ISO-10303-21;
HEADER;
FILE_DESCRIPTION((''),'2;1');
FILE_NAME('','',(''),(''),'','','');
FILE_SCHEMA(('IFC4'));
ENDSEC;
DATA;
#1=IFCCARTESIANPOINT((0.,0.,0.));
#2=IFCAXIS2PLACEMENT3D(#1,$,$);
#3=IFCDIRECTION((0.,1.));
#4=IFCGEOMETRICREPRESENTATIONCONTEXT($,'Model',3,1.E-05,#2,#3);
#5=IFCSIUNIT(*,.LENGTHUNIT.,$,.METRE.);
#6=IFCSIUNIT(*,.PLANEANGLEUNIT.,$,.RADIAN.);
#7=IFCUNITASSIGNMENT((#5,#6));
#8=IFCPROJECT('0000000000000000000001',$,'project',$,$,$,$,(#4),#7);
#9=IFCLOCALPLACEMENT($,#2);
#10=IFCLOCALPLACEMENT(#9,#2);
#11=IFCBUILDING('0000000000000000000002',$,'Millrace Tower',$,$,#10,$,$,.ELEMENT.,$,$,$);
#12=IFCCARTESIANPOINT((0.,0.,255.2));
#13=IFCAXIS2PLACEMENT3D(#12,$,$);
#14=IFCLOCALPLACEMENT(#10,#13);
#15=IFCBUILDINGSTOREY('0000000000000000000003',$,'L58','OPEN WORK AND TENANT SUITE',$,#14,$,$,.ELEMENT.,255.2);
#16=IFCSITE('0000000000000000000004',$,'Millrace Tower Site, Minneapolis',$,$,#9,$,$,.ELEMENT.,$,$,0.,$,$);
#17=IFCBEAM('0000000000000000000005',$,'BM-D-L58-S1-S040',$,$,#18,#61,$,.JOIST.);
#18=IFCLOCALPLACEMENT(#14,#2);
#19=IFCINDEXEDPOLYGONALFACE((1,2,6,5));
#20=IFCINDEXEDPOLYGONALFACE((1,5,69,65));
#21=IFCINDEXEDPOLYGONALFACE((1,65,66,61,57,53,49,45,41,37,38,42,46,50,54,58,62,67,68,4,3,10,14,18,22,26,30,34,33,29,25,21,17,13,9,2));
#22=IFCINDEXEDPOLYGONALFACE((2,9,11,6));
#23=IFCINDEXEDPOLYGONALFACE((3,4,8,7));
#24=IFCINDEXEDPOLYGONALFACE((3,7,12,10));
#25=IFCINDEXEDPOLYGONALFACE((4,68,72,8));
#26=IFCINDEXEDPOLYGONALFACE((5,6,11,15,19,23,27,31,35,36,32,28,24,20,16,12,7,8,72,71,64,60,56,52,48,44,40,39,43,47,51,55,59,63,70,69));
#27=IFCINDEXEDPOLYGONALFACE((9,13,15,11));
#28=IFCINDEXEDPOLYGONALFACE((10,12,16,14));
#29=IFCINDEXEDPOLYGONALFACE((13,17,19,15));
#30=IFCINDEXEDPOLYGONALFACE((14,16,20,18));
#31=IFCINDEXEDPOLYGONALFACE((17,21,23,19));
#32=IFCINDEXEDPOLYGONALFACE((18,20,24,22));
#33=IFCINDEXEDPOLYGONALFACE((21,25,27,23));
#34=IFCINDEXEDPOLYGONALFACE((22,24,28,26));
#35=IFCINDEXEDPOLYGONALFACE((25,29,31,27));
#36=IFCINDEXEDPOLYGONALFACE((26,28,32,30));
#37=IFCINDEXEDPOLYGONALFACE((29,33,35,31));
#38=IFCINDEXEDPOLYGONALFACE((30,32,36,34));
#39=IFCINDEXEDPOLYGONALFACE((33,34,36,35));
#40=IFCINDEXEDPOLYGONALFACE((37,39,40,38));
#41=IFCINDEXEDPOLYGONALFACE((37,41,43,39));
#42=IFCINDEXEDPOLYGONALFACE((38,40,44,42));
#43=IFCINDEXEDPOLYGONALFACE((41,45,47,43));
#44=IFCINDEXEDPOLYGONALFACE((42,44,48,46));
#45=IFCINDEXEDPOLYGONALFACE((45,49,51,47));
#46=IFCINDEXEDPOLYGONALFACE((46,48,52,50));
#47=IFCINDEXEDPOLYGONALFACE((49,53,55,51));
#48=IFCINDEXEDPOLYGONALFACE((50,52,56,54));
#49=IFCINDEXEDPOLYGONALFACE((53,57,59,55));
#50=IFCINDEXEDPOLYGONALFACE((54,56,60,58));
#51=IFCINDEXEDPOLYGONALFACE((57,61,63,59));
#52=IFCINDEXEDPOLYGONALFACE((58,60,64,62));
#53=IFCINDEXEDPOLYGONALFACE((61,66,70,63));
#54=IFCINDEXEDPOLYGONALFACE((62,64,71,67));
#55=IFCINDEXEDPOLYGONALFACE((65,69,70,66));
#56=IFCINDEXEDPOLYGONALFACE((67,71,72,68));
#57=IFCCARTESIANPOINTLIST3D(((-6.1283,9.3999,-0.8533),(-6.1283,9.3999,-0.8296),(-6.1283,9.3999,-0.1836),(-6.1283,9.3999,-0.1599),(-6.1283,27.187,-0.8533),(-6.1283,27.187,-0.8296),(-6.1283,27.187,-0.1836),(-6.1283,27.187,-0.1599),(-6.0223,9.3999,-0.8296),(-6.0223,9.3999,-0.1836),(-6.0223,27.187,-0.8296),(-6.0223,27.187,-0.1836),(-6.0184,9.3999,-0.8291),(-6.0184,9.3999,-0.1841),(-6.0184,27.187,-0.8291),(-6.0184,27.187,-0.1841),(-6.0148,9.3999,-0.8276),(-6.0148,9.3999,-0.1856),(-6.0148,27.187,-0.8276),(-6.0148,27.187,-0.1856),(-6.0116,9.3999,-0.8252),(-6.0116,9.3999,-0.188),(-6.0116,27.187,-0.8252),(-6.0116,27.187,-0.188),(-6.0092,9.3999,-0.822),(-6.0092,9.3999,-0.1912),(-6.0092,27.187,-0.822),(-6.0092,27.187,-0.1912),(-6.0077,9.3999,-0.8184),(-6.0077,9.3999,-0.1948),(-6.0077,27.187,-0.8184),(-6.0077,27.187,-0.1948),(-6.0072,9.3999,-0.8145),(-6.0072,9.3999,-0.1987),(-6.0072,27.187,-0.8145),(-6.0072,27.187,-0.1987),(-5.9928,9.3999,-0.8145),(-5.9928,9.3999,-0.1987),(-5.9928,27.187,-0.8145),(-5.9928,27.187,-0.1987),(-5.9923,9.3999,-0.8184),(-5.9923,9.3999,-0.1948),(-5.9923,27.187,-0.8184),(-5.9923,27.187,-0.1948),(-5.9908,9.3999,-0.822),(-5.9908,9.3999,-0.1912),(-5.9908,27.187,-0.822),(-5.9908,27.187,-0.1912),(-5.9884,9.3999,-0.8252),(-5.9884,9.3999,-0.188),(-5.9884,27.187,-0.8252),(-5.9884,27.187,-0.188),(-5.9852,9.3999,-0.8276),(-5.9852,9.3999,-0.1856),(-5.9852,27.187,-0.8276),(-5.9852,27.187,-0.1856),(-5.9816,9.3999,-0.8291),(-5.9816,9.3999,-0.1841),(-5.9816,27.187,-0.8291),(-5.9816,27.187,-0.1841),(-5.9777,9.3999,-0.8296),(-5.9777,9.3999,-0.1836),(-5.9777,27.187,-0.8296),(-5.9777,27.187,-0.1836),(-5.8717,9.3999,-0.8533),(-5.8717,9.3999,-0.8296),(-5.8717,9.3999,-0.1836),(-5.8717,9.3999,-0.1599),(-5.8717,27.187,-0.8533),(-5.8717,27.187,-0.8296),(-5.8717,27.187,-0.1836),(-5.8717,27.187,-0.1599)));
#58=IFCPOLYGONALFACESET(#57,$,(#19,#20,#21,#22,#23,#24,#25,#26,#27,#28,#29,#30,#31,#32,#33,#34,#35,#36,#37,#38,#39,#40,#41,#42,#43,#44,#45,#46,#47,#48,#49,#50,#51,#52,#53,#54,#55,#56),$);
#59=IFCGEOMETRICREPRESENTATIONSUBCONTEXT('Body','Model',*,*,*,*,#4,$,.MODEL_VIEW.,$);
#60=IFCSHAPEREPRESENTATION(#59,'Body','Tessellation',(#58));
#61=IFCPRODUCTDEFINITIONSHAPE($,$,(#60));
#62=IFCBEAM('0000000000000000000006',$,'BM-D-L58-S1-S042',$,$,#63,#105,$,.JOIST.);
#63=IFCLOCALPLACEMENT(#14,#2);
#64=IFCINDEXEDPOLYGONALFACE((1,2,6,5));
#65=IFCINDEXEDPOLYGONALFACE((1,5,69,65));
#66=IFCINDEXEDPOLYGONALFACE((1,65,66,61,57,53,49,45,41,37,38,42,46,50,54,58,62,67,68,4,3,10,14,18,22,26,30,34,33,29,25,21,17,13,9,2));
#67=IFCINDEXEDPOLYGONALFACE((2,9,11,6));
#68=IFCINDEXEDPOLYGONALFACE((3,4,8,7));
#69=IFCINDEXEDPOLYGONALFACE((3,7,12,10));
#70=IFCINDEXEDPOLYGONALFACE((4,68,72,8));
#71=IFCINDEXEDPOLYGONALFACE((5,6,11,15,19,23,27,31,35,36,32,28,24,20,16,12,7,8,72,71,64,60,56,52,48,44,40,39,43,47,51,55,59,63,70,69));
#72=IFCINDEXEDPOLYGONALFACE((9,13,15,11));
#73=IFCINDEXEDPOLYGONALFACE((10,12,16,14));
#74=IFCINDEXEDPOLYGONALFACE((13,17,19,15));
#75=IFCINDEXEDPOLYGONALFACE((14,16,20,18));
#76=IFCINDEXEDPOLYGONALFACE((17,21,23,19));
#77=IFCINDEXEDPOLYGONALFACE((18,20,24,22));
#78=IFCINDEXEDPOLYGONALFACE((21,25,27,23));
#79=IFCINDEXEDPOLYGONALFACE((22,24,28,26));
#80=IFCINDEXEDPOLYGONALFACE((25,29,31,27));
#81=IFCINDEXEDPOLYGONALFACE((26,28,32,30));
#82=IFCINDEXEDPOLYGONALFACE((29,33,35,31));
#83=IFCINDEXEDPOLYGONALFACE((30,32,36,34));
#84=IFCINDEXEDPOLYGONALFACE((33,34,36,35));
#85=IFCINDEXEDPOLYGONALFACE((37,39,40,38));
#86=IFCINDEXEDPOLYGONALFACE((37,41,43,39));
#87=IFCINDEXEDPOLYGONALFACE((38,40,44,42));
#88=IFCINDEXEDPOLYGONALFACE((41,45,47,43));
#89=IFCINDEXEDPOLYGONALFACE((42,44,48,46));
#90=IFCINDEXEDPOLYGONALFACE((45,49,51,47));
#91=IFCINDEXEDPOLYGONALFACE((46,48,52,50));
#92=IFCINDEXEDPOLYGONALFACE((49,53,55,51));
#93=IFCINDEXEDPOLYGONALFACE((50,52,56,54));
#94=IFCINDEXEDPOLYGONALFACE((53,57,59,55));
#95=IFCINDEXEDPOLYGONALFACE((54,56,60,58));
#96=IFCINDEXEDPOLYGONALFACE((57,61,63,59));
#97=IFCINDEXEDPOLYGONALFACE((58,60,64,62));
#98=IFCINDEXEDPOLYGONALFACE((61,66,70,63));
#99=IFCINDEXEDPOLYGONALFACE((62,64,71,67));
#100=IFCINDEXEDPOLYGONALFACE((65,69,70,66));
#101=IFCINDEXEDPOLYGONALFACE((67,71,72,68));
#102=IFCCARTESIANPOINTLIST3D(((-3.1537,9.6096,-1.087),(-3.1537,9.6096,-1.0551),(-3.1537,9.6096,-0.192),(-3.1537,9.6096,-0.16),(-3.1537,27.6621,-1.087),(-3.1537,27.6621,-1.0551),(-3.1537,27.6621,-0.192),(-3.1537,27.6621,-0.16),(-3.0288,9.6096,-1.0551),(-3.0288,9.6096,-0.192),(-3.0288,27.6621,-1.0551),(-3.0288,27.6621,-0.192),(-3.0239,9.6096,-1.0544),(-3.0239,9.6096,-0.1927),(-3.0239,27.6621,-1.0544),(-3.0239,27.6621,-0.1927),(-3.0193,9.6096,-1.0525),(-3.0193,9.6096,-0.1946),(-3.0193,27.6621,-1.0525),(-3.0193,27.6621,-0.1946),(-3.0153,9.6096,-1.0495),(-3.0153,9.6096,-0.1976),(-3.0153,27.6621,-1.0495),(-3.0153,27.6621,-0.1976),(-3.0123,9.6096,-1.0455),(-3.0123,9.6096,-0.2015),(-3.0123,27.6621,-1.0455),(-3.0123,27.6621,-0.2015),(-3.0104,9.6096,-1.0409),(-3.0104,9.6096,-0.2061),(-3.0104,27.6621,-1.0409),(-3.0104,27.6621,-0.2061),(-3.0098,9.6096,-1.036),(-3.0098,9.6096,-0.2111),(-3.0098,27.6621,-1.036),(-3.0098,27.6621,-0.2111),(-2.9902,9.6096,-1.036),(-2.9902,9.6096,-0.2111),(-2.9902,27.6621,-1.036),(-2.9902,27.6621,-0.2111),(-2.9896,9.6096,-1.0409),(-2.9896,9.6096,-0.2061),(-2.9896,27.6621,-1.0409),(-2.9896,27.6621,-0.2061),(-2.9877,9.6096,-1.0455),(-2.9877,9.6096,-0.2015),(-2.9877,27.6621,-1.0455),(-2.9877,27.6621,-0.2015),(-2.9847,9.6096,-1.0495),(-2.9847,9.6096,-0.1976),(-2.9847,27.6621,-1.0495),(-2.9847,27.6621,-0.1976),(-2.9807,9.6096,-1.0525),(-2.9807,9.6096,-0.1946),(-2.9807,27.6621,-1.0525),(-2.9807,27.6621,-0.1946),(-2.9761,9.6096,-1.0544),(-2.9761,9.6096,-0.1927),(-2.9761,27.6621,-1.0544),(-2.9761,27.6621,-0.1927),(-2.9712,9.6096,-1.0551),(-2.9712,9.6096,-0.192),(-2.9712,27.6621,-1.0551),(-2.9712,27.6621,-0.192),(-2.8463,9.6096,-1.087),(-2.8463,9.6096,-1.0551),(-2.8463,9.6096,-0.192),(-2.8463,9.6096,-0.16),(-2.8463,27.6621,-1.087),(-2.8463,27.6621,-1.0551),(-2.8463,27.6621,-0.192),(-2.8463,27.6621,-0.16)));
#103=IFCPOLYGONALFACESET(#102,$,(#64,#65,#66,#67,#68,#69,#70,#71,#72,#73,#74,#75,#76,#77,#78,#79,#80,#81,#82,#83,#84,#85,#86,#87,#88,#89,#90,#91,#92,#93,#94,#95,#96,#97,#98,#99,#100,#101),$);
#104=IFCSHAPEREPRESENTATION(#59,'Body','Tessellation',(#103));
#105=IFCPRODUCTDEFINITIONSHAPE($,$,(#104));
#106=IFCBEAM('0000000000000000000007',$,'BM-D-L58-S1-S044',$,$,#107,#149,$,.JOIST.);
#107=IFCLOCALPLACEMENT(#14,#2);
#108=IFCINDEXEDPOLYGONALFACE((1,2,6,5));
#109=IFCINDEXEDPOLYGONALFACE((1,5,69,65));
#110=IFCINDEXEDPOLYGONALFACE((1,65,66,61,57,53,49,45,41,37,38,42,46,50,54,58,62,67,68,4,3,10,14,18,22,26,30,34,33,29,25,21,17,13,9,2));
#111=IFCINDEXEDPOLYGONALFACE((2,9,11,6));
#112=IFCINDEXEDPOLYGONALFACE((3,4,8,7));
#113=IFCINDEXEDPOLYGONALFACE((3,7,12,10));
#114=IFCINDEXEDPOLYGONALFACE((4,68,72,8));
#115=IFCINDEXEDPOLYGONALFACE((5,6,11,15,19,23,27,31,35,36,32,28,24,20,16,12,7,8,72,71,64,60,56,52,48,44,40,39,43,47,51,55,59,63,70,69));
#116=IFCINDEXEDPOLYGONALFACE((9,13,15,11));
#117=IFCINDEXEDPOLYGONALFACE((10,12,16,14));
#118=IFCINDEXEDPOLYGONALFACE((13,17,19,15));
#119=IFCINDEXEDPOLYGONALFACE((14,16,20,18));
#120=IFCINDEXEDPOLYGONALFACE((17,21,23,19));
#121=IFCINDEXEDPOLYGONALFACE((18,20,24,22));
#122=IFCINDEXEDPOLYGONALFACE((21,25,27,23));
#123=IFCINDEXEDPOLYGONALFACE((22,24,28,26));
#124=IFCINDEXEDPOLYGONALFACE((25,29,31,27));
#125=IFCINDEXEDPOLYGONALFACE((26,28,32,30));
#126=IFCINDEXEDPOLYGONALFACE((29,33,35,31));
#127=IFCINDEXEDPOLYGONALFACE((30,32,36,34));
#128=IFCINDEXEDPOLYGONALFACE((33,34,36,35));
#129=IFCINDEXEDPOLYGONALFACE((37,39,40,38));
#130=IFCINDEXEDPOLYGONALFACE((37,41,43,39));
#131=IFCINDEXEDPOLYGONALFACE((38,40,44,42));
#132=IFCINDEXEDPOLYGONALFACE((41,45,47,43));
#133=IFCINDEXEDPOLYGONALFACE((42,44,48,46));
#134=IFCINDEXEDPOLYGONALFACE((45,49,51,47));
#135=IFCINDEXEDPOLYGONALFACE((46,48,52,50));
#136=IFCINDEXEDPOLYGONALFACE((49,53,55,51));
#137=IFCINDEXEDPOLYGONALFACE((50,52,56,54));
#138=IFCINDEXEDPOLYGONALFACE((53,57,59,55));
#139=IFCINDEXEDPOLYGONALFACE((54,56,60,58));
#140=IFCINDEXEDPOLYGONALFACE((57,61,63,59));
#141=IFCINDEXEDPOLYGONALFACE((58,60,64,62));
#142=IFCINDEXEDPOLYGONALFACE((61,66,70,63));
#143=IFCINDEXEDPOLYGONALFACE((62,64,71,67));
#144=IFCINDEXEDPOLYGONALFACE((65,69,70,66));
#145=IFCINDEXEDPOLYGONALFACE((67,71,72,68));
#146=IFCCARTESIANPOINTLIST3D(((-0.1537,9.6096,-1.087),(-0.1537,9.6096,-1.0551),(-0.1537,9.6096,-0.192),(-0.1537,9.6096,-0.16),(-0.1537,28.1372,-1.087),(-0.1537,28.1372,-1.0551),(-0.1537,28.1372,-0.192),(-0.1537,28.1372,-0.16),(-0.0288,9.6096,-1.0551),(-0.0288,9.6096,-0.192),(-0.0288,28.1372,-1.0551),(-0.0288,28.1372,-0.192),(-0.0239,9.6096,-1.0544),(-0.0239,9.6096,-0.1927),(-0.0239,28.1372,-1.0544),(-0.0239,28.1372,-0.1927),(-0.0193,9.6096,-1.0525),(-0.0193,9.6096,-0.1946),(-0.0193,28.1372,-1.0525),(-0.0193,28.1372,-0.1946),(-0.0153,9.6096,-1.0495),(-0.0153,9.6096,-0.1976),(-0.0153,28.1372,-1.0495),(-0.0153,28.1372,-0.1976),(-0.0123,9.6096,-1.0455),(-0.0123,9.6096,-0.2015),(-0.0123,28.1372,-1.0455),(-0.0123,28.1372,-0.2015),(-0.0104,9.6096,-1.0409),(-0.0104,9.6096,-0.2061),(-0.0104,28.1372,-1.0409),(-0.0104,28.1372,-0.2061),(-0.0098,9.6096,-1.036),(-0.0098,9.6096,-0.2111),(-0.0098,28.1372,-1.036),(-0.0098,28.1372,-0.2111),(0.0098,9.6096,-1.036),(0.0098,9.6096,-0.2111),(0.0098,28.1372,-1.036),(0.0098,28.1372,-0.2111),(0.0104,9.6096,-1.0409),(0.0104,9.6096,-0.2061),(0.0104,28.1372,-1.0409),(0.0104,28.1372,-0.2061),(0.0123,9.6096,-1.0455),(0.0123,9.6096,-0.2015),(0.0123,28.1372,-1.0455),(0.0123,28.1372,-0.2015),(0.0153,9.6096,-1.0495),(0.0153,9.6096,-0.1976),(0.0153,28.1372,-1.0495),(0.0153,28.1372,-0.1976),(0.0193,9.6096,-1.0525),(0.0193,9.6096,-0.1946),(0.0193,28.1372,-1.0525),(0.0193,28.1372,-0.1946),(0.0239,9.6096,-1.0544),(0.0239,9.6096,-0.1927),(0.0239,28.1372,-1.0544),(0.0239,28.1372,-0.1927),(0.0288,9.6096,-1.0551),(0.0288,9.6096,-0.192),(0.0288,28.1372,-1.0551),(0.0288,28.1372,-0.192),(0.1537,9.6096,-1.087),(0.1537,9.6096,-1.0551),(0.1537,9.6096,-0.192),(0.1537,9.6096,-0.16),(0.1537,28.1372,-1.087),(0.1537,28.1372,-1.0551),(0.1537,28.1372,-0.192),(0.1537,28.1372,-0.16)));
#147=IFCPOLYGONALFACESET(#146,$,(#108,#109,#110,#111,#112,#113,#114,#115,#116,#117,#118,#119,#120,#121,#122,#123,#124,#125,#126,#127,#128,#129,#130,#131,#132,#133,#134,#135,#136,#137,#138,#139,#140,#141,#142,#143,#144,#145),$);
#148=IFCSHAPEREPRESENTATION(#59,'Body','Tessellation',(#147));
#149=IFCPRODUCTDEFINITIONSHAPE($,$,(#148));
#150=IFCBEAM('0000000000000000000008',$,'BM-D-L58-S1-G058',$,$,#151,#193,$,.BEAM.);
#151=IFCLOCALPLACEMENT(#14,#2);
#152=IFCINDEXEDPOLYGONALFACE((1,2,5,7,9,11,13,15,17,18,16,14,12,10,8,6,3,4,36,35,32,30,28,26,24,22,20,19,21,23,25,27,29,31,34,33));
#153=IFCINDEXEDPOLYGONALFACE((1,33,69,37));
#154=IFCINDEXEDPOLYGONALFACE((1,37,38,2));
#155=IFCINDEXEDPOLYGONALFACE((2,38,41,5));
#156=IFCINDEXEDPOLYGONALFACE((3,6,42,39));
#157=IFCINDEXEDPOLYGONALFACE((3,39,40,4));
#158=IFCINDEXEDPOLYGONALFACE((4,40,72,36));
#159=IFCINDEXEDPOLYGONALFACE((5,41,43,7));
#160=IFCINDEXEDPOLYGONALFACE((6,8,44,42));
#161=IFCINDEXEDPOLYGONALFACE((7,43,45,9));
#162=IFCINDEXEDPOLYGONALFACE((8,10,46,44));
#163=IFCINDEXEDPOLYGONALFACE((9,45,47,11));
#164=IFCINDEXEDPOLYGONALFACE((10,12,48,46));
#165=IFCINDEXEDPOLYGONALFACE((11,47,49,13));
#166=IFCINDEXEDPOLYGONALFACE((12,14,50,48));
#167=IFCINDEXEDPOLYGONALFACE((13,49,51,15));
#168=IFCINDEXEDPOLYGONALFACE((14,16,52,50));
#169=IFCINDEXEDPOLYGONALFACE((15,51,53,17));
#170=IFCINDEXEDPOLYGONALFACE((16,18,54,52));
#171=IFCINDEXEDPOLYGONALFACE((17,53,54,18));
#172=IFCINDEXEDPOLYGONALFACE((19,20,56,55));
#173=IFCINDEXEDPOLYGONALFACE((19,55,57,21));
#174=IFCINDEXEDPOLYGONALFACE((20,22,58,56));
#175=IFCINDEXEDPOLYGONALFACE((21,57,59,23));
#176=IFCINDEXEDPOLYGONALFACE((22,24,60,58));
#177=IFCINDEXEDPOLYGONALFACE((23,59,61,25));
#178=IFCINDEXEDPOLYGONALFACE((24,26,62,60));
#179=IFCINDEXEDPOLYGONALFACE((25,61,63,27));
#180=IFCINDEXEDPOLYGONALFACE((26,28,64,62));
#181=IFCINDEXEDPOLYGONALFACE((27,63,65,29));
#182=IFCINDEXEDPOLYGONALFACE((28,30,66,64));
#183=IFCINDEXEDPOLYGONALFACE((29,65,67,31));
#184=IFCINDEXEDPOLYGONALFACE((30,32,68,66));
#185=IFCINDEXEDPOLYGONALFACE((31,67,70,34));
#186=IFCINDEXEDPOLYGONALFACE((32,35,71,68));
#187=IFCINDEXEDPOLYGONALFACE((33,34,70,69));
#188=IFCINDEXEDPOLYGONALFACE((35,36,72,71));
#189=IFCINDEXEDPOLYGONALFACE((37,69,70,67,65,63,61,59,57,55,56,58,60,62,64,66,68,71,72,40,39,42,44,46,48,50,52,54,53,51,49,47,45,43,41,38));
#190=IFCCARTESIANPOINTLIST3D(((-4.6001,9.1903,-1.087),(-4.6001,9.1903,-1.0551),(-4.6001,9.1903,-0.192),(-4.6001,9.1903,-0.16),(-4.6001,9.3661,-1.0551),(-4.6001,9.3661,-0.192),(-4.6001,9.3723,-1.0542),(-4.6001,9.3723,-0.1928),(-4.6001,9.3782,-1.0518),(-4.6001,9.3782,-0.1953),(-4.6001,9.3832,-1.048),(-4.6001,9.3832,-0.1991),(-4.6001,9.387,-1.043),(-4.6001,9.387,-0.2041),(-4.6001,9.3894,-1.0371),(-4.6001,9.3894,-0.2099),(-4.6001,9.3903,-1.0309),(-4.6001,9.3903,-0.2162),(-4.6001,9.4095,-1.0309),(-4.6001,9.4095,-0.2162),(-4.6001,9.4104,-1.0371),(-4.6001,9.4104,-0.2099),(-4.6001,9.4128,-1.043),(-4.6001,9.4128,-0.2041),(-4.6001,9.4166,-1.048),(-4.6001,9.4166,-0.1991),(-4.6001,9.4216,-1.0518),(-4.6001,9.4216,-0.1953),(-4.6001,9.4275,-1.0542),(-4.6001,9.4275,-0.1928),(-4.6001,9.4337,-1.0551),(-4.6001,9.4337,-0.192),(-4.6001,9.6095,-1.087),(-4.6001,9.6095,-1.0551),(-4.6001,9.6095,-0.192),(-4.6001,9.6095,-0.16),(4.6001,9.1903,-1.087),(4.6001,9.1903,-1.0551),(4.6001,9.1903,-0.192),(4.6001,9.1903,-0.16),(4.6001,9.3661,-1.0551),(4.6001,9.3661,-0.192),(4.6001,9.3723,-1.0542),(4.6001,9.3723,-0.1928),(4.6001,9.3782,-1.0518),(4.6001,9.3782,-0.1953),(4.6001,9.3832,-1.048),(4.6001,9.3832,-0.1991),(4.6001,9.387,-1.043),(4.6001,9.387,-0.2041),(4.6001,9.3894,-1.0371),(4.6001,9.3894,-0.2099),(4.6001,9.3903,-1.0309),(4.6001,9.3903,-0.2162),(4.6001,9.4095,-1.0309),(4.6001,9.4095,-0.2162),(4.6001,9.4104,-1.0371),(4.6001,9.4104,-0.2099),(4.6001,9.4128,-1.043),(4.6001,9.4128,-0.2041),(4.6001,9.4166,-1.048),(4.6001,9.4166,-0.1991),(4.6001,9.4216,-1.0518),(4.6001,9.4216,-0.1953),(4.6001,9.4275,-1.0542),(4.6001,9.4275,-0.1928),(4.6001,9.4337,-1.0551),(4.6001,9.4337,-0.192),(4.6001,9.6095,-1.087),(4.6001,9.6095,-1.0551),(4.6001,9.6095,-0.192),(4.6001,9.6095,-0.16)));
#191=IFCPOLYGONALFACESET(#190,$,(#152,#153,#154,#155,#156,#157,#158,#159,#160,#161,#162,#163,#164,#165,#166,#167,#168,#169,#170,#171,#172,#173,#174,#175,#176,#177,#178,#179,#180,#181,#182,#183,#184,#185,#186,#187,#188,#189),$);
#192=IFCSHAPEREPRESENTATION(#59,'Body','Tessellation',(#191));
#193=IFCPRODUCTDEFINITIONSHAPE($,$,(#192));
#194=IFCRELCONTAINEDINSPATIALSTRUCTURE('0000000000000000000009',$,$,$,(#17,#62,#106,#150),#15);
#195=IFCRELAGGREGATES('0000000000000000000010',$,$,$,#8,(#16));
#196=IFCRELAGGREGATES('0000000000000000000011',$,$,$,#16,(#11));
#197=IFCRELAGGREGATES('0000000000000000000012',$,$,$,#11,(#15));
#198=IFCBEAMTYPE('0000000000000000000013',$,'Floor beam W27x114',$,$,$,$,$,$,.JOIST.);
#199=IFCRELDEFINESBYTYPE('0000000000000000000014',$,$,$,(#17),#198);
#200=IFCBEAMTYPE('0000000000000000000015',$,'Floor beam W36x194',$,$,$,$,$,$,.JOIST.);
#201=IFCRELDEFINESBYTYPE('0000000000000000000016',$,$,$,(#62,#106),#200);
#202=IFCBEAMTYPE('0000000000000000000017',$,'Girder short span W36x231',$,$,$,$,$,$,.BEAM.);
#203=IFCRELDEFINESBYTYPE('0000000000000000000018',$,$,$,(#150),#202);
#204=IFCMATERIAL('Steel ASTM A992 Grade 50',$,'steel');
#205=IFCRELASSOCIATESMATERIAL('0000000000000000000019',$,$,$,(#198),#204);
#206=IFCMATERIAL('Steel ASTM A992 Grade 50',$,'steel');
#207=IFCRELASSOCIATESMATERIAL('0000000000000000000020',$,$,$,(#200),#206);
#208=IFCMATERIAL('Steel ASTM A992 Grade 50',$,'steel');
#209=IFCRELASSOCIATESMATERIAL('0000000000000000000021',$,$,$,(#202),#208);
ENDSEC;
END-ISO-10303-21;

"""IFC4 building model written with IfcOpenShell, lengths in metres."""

from ifc_helpers import new_model, si_unit, direction, frame, origin, origin_2d, place, context, subcontext, project, spatial, i_section, extrude, material, material_profile, profile_set, type_object, element, save


model = new_model("IFC4")

# Units and contexts
model_context = context("Model", 3, precision=1e-05, world=origin(), true_north=direction((0.0, 1.0)))
body_context = subcontext(model_context, "Body", "Model", "MODEL_VIEW")
ifc_project = project(units=[si_unit("LENGTHUNIT", "METRE"), si_unit("PLANEANGLEUNIT", "RADIAN")], contexts=[model_context])

# Site, building, storey
site_placement = place(None, origin())
site = spatial("IfcSite", under=ifc_project, at=site_placement, Name="Millrace Tower Site, Minneapolis", CompositionType="ELEMENT", RefElevation=0.0)
building_placement = place(site_placement, origin())
building = spatial("IfcBuilding", under=site, at=building_placement, Name="Millrace Tower", CompositionType="ELEMENT")
storey_placement = place(building_placement, frame((0.0, 0.0, 255.2)))
storey = spatial("IfcBuildingStorey", under=building, at=storey_placement, Name="L58", Description="OPEN WORK AND TENANT SUITE", CompositionType="ELEMENT", Elevation=255.2)

# Beams
ifc_material_1 = material(Name="Steel ASTM A992 Grade 50", Category="steel")
ifc_material_profile_1 = material_profile(ifc_material_1, i_section(OverallWidth=0.2566, OverallDepth=0.6934, WebThickness=0.0144, FlangeThickness=0.0237, FilletRadius=0.0151, at=origin_2d()))
ifc_profile_set_1 = profile_set([ifc_material_profile_1], Name="Steel ASTM A992 Grade 50")
beam_type_1 = type_object("IfcBeamType", Name="Floor beam W27x114", PredefinedType="JOIST", material=ifc_profile_set_1)
beam_1_placement = place(storey_placement, frame((-6.0, 9.3999, -0.5066), z_axis=(0.0, 1.0, 0.0), x_axis=(-1.0, 0.0, 0.0)))
element("IfcBeam", 1, at=beam_1_placement, inside=storey, type_object=beam_type_1, Name="BM-D-L58-S1-S040", PredefinedType="JOIST", context=body_context, shape_type="SweptSolid", body=[
    extrude(i_section(OverallWidth=0.2566, OverallDepth=0.6934, WebThickness=0.0144, FlangeThickness=0.0237, FilletRadius=0.0151, at=origin_2d()), origin(), (0.0, 0.0, 1.0), 17.7871),
])
ifc_material_2 = material(Name="Steel ASTM A992 Grade 50", Category="steel")
ifc_material_profile_2 = material_profile(ifc_material_2, i_section(OverallWidth=0.3074, OverallDepth=0.927, WebThickness=0.0195, FlangeThickness=0.032, FilletRadius=0.019, at=origin_2d()))
ifc_profile_set_2 = profile_set([ifc_material_profile_2], Name="Steel ASTM A992 Grade 50")
beam_type_2 = type_object("IfcBeamType", Name="Floor beam W36x194", PredefinedType="JOIST", material=ifc_profile_set_2)
beam_2_placement = place(storey_placement, frame((-3.0, 9.6096, -0.6235), z_axis=(0.0, 1.0, 0.0), x_axis=(-1.0, 0.0, 0.0)))
element("IfcBeam", 2, at=beam_2_placement, inside=storey, type_object=beam_type_2, Name="BM-D-L58-S1-S042", PredefinedType="JOIST", context=body_context, shape_type="SweptSolid", body=[
    extrude(i_section(OverallWidth=0.3074, OverallDepth=0.927, WebThickness=0.0195, FlangeThickness=0.032, FilletRadius=0.019, at=origin_2d()), origin(), (0.0, 0.0, 1.0), 18.0525),
])
beam_3_placement = place(storey_placement, frame((0.0, 9.6096, -0.6235), z_axis=(0.0, 1.0, 0.0), x_axis=(-1.0, 0.0, 0.0)))
element("IfcBeam", 3, at=beam_3_placement, inside=storey, type_object=beam_type_2, Name="BM-D-L58-S1-S044", PredefinedType="JOIST", context=body_context, shape_type="SweptSolid", body=[
    extrude(i_section(OverallWidth=0.3074, OverallDepth=0.927, WebThickness=0.0195, FlangeThickness=0.032, FilletRadius=0.019, at=origin_2d()), origin(), (0.0, 0.0, 1.0), 18.5276),
])
ifc_material_3 = material(Name="Steel ASTM A992 Grade 50", Category="steel")
ifc_material_profile_3 = material_profile(ifc_material_3, i_section(OverallWidth=0.4192, OverallDepth=0.927, WebThickness=0.0193, FlangeThickness=0.032, FilletRadius=0.0242, at=origin_2d()))
ifc_profile_set_3 = profile_set([ifc_material_profile_3], Name="Steel ASTM A992 Grade 50")
beam_type_3 = type_object("IfcBeamType", Name="Girder short span W36x231", PredefinedType="BEAM", material=ifc_profile_set_3)
beam_4_placement = place(storey_placement, frame((-4.6001, 9.3999, -0.6235), z_axis=(1.0, 0.0, 0.0), x_axis=(0.0, 1.0, 0.0)))
element("IfcBeam", 4, at=beam_4_placement, inside=storey, type_object=beam_type_3, Name="BM-D-L58-S1-G058", PredefinedType="BEAM", context=body_context, shape_type="SweptSolid", body=[
    extrude(i_section(OverallWidth=0.4192, OverallDepth=0.927, WebThickness=0.0193, FlangeThickness=0.032, FilletRadius=0.0242, at=origin_2d()), origin(), (0.0, 0.0, 1.0), 9.2002),
])

save(model, "model.ifc")
